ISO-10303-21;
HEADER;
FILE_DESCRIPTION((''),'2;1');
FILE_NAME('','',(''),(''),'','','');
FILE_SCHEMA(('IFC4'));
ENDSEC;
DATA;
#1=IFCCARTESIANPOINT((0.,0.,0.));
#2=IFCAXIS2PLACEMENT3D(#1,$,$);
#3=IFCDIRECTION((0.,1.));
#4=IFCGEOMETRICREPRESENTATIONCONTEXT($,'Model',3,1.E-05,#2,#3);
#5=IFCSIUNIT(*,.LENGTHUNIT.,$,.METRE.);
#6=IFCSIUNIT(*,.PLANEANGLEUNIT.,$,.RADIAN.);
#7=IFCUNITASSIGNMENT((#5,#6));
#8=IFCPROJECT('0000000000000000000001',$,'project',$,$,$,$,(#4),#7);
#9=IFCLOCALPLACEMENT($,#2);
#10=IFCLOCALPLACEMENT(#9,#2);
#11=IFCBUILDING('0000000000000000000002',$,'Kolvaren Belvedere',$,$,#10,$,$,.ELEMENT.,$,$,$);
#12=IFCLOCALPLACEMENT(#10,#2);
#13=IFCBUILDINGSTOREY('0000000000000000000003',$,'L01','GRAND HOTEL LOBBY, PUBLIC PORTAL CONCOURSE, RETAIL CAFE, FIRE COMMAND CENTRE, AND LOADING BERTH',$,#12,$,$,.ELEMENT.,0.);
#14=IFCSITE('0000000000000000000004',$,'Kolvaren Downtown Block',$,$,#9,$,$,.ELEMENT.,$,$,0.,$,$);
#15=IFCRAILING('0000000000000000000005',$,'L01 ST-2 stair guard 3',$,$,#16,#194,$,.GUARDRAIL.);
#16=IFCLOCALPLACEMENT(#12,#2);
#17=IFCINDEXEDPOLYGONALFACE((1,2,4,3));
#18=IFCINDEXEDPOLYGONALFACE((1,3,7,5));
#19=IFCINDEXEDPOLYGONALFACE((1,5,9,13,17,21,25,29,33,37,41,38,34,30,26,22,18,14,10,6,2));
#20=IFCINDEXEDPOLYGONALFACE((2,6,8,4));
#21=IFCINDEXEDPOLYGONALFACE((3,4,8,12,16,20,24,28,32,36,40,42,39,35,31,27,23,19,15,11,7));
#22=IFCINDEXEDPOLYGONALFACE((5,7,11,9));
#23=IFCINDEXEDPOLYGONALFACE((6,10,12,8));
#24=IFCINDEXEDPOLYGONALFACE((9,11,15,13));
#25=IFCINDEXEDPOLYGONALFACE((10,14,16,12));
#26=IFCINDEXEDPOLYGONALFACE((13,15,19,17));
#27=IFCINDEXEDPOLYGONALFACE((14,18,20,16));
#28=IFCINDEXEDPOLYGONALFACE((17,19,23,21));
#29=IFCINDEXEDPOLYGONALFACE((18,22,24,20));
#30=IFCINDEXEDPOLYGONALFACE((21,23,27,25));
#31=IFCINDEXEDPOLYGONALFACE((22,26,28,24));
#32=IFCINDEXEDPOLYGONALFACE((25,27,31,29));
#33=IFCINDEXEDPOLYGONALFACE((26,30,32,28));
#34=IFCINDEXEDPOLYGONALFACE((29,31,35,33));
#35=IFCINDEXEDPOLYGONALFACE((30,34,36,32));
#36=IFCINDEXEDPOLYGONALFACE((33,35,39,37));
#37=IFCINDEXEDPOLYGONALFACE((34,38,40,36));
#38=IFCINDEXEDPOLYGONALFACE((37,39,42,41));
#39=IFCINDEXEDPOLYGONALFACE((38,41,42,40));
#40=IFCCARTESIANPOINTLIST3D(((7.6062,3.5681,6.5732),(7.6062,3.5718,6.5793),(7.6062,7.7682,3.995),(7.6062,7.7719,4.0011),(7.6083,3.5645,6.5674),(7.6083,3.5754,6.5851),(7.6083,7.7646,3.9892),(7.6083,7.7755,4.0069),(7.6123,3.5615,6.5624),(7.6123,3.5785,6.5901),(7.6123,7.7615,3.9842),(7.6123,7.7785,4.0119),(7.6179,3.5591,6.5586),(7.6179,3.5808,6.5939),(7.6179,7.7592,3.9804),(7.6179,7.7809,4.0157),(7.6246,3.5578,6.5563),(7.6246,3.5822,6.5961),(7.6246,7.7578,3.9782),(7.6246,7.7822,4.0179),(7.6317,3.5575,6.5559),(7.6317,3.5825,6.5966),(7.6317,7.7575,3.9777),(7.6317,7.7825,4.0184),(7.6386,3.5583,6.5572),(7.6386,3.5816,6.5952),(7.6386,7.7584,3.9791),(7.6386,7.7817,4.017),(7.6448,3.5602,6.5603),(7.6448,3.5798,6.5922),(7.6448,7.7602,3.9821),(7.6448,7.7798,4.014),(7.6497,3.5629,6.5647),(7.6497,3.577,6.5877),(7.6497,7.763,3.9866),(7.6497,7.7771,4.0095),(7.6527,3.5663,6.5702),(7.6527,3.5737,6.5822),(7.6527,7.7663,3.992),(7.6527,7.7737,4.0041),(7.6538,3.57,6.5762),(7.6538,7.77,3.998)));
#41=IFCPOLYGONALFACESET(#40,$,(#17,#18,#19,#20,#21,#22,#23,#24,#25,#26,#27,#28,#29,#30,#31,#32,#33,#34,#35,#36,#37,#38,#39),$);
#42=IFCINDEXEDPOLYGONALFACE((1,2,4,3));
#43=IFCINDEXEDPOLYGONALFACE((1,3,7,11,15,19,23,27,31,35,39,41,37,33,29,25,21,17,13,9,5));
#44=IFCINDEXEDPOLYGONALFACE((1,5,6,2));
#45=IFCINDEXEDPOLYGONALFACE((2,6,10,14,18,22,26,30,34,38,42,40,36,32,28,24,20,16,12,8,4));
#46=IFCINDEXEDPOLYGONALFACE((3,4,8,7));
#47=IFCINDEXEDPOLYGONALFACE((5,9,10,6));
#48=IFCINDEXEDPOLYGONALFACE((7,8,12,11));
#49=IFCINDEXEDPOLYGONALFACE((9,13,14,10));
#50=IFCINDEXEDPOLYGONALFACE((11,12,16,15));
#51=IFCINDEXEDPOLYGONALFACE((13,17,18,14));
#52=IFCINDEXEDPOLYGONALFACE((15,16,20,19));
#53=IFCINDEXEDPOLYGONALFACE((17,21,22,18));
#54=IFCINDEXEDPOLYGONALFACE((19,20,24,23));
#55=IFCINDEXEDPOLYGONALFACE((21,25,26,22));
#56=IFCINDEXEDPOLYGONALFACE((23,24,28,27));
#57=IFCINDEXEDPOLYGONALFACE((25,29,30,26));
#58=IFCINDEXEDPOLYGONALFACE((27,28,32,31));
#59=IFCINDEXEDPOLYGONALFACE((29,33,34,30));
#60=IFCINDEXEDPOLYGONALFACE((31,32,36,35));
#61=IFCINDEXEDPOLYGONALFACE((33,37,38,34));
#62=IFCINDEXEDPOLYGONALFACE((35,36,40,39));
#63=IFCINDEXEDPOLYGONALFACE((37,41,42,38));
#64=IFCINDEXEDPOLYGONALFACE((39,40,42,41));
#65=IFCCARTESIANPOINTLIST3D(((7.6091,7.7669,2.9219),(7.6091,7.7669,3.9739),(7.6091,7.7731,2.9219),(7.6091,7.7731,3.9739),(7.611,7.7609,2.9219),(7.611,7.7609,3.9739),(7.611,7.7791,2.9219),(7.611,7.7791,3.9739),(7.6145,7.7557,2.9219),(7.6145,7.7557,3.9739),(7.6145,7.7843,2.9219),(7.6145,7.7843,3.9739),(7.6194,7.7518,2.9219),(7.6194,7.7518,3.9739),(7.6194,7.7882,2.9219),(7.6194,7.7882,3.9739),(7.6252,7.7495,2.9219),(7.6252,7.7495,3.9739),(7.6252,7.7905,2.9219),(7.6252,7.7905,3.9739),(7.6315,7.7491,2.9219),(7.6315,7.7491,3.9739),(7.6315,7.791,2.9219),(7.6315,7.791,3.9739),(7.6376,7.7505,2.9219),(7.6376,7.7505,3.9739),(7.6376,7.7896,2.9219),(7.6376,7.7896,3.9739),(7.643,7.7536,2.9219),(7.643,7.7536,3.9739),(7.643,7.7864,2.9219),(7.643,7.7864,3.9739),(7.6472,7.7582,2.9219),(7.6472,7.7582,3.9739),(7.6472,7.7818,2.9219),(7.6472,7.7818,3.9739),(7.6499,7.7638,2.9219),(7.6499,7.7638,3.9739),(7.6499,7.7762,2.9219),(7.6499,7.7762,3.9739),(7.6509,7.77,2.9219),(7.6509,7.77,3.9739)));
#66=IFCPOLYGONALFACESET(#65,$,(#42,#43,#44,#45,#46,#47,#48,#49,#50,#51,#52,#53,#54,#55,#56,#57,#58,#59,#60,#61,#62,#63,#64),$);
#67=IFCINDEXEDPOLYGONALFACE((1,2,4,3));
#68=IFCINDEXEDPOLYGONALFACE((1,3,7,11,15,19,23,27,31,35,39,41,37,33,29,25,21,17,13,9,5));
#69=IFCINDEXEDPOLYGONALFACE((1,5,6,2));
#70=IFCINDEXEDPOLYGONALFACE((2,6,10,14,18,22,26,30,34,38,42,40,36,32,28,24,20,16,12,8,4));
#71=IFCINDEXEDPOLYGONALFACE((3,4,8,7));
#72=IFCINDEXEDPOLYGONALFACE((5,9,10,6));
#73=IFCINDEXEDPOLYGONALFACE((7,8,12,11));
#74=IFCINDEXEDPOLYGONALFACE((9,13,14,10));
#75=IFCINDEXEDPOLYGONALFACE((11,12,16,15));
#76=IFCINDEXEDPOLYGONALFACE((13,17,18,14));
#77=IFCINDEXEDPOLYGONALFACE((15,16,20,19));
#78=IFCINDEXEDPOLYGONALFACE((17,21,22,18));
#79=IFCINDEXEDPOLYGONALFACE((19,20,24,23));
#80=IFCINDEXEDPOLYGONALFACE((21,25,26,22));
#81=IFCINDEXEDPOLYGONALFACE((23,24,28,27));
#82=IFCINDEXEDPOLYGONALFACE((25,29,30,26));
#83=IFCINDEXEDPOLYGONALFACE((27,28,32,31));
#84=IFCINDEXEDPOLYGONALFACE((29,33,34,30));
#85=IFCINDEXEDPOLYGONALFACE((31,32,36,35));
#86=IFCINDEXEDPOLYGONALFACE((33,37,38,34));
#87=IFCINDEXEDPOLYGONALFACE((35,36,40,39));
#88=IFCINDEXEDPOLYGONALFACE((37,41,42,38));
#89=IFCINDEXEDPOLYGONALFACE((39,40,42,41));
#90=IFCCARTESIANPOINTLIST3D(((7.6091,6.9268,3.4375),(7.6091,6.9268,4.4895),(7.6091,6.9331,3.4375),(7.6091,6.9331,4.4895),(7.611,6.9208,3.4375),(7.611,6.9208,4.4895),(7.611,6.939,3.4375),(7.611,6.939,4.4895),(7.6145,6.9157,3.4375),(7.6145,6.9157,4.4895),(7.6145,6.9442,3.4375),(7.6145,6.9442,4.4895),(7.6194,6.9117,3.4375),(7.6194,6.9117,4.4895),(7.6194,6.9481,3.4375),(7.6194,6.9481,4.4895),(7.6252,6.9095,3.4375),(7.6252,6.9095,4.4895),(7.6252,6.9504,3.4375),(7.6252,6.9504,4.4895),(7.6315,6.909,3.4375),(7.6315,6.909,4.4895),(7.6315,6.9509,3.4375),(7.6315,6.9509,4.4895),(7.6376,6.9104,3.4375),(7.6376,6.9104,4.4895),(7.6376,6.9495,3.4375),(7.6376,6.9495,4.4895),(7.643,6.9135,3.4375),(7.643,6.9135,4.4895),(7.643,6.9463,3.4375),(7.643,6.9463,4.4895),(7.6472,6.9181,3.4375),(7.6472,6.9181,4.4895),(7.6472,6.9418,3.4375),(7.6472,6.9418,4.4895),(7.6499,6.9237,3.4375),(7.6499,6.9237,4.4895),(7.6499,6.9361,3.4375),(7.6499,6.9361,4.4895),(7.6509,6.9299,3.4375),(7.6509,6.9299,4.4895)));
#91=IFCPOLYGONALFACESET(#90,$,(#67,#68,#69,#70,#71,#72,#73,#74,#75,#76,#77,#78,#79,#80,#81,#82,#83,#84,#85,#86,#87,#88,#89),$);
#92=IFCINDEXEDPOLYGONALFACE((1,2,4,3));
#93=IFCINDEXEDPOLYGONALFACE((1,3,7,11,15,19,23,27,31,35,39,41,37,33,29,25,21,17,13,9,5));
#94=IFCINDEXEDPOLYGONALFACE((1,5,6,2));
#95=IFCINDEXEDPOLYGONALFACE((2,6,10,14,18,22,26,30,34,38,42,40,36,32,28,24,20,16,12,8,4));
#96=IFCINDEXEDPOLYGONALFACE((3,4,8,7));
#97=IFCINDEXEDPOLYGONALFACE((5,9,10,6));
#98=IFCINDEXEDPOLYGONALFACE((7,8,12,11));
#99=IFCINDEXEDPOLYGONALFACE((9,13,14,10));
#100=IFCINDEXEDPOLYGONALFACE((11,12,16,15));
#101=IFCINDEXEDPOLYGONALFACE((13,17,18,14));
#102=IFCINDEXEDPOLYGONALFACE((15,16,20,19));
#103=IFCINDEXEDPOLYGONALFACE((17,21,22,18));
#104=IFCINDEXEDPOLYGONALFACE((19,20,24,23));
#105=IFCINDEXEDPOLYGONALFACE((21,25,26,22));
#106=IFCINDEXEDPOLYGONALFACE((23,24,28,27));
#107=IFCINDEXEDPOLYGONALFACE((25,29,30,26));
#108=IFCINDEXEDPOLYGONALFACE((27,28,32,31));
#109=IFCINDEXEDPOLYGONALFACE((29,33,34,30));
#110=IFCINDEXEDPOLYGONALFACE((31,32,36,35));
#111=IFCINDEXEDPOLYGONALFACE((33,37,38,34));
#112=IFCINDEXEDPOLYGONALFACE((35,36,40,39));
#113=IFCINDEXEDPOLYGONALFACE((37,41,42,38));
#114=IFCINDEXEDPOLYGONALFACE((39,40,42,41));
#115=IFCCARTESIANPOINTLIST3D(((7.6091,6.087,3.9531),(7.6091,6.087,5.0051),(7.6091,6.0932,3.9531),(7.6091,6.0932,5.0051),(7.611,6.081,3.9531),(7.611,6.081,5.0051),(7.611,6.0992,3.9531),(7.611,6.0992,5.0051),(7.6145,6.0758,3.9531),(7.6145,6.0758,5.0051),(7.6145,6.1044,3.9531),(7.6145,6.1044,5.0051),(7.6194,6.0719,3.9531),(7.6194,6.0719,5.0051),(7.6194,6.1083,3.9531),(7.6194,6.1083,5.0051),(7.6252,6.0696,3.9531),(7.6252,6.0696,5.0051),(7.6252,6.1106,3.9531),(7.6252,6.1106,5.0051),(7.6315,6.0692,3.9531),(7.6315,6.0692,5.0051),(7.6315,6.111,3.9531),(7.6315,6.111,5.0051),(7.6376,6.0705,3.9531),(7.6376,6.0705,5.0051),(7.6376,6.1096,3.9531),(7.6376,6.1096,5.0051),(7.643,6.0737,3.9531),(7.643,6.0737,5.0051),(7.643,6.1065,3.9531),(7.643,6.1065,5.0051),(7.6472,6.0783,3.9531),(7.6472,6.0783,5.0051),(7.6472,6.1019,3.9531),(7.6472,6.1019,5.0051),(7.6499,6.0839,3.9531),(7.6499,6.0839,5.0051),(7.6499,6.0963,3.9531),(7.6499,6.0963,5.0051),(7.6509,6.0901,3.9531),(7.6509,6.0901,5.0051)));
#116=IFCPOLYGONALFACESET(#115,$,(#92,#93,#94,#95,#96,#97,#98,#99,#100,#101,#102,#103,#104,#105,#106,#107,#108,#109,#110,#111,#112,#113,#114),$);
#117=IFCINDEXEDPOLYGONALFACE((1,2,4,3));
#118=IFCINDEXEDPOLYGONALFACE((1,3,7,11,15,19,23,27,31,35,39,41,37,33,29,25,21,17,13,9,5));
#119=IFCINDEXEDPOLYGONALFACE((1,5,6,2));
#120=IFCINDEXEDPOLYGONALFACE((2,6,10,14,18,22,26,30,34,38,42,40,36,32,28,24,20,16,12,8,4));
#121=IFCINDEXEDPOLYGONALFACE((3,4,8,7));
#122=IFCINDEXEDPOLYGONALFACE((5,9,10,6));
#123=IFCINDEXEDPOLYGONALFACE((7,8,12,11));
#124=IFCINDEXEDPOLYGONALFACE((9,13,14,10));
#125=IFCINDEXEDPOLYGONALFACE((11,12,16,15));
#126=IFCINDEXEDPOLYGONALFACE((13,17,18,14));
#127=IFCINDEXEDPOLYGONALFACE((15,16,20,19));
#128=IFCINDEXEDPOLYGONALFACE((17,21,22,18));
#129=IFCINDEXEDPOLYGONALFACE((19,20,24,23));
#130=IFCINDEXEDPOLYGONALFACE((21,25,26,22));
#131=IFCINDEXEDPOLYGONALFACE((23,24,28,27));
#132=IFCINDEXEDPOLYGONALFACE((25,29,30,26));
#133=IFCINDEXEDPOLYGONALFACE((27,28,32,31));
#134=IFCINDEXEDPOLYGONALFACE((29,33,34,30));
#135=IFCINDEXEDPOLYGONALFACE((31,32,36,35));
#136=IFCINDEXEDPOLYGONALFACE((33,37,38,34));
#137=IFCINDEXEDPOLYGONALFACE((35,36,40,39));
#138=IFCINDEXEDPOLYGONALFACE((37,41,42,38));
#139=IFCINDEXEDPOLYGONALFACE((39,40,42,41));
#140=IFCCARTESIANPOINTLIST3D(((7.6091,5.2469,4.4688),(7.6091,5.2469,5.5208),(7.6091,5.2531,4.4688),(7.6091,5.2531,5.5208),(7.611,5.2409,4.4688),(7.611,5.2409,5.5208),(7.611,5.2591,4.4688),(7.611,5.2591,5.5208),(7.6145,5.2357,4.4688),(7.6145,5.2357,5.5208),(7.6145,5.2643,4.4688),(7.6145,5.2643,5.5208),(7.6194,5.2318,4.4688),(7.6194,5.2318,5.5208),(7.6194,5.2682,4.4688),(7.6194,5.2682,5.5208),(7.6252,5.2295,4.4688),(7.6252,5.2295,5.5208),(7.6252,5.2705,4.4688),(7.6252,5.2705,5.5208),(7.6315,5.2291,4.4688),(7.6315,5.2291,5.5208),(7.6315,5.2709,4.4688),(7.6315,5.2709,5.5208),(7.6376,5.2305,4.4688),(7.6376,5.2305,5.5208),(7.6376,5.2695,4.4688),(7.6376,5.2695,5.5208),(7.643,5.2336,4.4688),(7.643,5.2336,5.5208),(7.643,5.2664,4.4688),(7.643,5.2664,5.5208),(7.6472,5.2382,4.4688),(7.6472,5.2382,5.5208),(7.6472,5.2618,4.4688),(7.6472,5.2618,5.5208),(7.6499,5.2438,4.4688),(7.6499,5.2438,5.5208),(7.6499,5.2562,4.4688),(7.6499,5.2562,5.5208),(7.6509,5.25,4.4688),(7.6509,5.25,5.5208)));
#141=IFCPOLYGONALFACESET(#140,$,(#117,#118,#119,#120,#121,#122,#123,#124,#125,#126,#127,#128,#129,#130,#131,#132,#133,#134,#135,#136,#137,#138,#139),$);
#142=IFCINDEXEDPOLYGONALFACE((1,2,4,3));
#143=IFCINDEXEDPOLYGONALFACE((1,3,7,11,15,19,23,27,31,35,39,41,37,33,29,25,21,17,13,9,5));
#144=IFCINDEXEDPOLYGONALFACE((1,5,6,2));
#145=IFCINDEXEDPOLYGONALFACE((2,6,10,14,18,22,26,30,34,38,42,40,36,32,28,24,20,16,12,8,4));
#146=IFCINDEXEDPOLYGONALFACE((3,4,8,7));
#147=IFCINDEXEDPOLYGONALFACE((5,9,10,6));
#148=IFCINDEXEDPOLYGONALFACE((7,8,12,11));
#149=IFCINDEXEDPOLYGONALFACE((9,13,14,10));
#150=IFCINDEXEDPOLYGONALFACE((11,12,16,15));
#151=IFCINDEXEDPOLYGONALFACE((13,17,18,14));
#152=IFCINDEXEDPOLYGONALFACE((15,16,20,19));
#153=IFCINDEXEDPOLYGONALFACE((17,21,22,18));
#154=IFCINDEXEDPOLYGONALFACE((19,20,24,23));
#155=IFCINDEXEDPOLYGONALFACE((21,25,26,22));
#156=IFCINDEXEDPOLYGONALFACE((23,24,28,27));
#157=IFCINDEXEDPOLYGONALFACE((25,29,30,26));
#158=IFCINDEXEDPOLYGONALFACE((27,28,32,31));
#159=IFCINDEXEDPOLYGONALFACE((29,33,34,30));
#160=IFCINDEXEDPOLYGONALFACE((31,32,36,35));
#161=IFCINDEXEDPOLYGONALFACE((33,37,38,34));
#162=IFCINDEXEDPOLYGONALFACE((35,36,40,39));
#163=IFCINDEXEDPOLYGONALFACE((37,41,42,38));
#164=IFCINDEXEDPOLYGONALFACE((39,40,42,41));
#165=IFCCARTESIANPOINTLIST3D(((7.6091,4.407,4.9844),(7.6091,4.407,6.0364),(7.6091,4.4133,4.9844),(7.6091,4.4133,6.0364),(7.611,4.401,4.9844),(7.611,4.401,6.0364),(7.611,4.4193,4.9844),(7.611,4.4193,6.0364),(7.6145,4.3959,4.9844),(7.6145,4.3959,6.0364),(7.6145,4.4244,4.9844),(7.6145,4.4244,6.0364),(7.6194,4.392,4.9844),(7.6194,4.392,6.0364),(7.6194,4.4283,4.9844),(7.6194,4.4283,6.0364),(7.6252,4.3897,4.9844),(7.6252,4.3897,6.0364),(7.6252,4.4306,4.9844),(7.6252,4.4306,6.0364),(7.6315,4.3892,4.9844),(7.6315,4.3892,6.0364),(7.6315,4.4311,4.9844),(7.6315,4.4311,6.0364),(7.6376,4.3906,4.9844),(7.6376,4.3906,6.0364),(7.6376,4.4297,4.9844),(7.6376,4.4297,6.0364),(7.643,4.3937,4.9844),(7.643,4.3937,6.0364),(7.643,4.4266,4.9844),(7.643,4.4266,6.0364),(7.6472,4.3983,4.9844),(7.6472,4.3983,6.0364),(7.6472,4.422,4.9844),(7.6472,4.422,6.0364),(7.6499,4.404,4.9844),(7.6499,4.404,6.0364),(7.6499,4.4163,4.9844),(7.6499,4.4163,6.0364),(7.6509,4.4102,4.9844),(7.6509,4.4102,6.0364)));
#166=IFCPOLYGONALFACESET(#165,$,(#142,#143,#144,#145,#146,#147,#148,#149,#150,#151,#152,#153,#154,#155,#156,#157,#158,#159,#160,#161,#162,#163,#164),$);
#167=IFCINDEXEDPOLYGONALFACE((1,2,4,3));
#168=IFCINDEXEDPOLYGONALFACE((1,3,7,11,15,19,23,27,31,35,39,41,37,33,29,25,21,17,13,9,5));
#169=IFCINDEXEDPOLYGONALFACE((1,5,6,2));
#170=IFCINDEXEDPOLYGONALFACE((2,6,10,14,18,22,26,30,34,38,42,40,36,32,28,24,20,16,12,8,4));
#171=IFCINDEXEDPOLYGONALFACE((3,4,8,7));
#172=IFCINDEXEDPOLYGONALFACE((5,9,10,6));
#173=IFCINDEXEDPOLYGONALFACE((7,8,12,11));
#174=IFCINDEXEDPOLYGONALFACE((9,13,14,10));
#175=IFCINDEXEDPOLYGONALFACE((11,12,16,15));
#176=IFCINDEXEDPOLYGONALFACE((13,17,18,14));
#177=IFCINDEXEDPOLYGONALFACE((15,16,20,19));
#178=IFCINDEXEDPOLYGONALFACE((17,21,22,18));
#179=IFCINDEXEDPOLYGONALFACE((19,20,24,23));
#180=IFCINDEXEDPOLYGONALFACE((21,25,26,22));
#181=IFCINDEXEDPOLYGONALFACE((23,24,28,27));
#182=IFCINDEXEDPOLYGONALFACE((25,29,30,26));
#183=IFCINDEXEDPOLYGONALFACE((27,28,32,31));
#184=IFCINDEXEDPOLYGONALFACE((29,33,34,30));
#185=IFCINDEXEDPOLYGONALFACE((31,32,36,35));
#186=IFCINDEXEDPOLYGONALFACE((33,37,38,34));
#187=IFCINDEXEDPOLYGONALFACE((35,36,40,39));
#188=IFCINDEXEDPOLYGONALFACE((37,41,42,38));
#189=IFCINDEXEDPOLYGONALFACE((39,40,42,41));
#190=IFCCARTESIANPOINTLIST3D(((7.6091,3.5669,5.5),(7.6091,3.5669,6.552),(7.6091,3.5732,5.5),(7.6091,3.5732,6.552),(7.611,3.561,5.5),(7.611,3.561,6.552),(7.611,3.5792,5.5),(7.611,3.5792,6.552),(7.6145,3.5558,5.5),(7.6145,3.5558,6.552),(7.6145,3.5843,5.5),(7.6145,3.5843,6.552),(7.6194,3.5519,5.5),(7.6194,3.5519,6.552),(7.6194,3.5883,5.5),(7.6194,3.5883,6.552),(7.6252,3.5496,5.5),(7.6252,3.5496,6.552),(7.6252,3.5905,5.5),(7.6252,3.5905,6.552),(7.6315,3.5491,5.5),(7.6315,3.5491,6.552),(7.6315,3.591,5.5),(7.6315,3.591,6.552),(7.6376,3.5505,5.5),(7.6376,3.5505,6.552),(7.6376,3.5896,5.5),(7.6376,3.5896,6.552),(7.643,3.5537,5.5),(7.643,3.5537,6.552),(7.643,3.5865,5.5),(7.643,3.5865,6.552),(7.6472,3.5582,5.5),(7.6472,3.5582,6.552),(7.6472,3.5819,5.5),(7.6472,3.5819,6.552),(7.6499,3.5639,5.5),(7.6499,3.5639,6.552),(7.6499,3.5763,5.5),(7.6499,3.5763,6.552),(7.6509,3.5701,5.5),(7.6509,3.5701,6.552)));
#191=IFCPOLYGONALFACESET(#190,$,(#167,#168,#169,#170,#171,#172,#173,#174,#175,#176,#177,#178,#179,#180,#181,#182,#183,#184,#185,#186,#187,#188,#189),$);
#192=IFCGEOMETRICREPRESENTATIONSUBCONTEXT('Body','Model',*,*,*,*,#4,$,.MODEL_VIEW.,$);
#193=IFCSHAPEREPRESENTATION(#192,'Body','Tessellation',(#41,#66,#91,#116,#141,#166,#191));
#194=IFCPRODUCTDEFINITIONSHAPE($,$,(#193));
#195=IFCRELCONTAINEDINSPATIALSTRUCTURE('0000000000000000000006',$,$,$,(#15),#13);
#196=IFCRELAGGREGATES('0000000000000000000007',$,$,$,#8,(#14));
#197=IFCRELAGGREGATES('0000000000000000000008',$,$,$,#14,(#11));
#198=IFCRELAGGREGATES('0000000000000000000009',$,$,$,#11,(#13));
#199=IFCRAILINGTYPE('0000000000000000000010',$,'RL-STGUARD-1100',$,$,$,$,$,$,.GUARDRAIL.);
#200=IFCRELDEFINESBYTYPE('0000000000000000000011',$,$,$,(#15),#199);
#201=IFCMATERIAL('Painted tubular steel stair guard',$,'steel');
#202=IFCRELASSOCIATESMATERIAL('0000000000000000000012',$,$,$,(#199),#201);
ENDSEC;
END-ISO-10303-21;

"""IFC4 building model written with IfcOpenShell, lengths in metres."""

from ifc_helpers import new_model, si_unit, direction, frame, origin, origin_2d, place, context, subcontext, project, spatial, circle, extrude, material, type_object, element, save


model = new_model("IFC4")

# Units and contexts
model_context = context("Model", 3, precision=1e-05, world=origin(), true_north=direction((0.0, 1.0)))
body_context = subcontext(model_context, "Body", "Model", "MODEL_VIEW")
ifc_project = project(units=[si_unit("LENGTHUNIT", "METRE"), si_unit("PLANEANGLEUNIT", "RADIAN")], contexts=[model_context])

# Site, building, storey
site_placement = place(None, origin())
site = spatial("IfcSite", under=ifc_project, at=site_placement, Name="Kolvaren Downtown Block", CompositionType="ELEMENT", RefElevation=0.0)
building_placement = place(site_placement, origin())
building = spatial("IfcBuilding", under=site, at=building_placement, Name="Kolvaren Belvedere", CompositionType="ELEMENT")
storey_placement = place(building_placement, origin())
storey = spatial("IfcBuildingStorey", under=building, at=storey_placement, Name="L01", Description="GRAND HOTEL LOBBY, PUBLIC PORTAL CONCOURSE, RETAIL CAFE, FIRE COMMAND CENTRE, AND LOADING BERTH", CompositionType="ELEMENT", Elevation=0.0)

# Railing
ifc_material_1 = material(Name="Painted tubular steel stair guard", Category="steel")
railing_type_1 = type_object("IfcRailingType", Name="RL-STGUARD-1100", PredefinedType="GUARDRAIL", material=ifc_material_1)
railing_1_placement = place(storey_placement, frame((7.6299, 7.77, 2.9219)))
element("IfcRailing", 1, at=railing_1_placement, inside=storey, type_object=railing_type_1, Name="L01 ST-2 stair guard 3", PredefinedType="GUARDRAIL", context=body_context, shape_type="SweptSolid", body=[
    extrude(circle(Radius=0.0239, at=origin_2d()), frame((0.0, 0.0, 1.0762), z_axis=(0.0, -0.852243, 0.523146), x_axis=(1.0, 0.0, 0.0)), (0.0, 0.0, 1.0), 4.9282),
    extrude(circle(Radius=0.021, at=origin_2d()), origin(), (0.0, 0.0, 1.0), 1.052),
    extrude(circle(Radius=0.021, at=origin_2d()), frame((0.0, -0.8401, 0.5156)), (0.0, 0.0, 1.0), 1.052),
    extrude(circle(Radius=0.021, at=origin_2d()), frame((0.0, -1.6799, 1.0312)), (0.0, 0.0, 1.0), 1.052),
    extrude(circle(Radius=0.021, at=origin_2d()), frame((0.0, -2.52, 1.5469)), (0.0, 0.0, 1.0), 1.052),
    extrude(circle(Radius=0.021, at=origin_2d()), frame((0.0, -3.3599, 2.0625)), (0.0, 0.0, 1.0), 1.052),
    extrude(circle(Radius=0.021, at=origin_2d()), frame((0.0, -4.2, 2.5781)), (0.0, 0.0, 1.0), 1.052),
])

save(model, "model.ifc")
